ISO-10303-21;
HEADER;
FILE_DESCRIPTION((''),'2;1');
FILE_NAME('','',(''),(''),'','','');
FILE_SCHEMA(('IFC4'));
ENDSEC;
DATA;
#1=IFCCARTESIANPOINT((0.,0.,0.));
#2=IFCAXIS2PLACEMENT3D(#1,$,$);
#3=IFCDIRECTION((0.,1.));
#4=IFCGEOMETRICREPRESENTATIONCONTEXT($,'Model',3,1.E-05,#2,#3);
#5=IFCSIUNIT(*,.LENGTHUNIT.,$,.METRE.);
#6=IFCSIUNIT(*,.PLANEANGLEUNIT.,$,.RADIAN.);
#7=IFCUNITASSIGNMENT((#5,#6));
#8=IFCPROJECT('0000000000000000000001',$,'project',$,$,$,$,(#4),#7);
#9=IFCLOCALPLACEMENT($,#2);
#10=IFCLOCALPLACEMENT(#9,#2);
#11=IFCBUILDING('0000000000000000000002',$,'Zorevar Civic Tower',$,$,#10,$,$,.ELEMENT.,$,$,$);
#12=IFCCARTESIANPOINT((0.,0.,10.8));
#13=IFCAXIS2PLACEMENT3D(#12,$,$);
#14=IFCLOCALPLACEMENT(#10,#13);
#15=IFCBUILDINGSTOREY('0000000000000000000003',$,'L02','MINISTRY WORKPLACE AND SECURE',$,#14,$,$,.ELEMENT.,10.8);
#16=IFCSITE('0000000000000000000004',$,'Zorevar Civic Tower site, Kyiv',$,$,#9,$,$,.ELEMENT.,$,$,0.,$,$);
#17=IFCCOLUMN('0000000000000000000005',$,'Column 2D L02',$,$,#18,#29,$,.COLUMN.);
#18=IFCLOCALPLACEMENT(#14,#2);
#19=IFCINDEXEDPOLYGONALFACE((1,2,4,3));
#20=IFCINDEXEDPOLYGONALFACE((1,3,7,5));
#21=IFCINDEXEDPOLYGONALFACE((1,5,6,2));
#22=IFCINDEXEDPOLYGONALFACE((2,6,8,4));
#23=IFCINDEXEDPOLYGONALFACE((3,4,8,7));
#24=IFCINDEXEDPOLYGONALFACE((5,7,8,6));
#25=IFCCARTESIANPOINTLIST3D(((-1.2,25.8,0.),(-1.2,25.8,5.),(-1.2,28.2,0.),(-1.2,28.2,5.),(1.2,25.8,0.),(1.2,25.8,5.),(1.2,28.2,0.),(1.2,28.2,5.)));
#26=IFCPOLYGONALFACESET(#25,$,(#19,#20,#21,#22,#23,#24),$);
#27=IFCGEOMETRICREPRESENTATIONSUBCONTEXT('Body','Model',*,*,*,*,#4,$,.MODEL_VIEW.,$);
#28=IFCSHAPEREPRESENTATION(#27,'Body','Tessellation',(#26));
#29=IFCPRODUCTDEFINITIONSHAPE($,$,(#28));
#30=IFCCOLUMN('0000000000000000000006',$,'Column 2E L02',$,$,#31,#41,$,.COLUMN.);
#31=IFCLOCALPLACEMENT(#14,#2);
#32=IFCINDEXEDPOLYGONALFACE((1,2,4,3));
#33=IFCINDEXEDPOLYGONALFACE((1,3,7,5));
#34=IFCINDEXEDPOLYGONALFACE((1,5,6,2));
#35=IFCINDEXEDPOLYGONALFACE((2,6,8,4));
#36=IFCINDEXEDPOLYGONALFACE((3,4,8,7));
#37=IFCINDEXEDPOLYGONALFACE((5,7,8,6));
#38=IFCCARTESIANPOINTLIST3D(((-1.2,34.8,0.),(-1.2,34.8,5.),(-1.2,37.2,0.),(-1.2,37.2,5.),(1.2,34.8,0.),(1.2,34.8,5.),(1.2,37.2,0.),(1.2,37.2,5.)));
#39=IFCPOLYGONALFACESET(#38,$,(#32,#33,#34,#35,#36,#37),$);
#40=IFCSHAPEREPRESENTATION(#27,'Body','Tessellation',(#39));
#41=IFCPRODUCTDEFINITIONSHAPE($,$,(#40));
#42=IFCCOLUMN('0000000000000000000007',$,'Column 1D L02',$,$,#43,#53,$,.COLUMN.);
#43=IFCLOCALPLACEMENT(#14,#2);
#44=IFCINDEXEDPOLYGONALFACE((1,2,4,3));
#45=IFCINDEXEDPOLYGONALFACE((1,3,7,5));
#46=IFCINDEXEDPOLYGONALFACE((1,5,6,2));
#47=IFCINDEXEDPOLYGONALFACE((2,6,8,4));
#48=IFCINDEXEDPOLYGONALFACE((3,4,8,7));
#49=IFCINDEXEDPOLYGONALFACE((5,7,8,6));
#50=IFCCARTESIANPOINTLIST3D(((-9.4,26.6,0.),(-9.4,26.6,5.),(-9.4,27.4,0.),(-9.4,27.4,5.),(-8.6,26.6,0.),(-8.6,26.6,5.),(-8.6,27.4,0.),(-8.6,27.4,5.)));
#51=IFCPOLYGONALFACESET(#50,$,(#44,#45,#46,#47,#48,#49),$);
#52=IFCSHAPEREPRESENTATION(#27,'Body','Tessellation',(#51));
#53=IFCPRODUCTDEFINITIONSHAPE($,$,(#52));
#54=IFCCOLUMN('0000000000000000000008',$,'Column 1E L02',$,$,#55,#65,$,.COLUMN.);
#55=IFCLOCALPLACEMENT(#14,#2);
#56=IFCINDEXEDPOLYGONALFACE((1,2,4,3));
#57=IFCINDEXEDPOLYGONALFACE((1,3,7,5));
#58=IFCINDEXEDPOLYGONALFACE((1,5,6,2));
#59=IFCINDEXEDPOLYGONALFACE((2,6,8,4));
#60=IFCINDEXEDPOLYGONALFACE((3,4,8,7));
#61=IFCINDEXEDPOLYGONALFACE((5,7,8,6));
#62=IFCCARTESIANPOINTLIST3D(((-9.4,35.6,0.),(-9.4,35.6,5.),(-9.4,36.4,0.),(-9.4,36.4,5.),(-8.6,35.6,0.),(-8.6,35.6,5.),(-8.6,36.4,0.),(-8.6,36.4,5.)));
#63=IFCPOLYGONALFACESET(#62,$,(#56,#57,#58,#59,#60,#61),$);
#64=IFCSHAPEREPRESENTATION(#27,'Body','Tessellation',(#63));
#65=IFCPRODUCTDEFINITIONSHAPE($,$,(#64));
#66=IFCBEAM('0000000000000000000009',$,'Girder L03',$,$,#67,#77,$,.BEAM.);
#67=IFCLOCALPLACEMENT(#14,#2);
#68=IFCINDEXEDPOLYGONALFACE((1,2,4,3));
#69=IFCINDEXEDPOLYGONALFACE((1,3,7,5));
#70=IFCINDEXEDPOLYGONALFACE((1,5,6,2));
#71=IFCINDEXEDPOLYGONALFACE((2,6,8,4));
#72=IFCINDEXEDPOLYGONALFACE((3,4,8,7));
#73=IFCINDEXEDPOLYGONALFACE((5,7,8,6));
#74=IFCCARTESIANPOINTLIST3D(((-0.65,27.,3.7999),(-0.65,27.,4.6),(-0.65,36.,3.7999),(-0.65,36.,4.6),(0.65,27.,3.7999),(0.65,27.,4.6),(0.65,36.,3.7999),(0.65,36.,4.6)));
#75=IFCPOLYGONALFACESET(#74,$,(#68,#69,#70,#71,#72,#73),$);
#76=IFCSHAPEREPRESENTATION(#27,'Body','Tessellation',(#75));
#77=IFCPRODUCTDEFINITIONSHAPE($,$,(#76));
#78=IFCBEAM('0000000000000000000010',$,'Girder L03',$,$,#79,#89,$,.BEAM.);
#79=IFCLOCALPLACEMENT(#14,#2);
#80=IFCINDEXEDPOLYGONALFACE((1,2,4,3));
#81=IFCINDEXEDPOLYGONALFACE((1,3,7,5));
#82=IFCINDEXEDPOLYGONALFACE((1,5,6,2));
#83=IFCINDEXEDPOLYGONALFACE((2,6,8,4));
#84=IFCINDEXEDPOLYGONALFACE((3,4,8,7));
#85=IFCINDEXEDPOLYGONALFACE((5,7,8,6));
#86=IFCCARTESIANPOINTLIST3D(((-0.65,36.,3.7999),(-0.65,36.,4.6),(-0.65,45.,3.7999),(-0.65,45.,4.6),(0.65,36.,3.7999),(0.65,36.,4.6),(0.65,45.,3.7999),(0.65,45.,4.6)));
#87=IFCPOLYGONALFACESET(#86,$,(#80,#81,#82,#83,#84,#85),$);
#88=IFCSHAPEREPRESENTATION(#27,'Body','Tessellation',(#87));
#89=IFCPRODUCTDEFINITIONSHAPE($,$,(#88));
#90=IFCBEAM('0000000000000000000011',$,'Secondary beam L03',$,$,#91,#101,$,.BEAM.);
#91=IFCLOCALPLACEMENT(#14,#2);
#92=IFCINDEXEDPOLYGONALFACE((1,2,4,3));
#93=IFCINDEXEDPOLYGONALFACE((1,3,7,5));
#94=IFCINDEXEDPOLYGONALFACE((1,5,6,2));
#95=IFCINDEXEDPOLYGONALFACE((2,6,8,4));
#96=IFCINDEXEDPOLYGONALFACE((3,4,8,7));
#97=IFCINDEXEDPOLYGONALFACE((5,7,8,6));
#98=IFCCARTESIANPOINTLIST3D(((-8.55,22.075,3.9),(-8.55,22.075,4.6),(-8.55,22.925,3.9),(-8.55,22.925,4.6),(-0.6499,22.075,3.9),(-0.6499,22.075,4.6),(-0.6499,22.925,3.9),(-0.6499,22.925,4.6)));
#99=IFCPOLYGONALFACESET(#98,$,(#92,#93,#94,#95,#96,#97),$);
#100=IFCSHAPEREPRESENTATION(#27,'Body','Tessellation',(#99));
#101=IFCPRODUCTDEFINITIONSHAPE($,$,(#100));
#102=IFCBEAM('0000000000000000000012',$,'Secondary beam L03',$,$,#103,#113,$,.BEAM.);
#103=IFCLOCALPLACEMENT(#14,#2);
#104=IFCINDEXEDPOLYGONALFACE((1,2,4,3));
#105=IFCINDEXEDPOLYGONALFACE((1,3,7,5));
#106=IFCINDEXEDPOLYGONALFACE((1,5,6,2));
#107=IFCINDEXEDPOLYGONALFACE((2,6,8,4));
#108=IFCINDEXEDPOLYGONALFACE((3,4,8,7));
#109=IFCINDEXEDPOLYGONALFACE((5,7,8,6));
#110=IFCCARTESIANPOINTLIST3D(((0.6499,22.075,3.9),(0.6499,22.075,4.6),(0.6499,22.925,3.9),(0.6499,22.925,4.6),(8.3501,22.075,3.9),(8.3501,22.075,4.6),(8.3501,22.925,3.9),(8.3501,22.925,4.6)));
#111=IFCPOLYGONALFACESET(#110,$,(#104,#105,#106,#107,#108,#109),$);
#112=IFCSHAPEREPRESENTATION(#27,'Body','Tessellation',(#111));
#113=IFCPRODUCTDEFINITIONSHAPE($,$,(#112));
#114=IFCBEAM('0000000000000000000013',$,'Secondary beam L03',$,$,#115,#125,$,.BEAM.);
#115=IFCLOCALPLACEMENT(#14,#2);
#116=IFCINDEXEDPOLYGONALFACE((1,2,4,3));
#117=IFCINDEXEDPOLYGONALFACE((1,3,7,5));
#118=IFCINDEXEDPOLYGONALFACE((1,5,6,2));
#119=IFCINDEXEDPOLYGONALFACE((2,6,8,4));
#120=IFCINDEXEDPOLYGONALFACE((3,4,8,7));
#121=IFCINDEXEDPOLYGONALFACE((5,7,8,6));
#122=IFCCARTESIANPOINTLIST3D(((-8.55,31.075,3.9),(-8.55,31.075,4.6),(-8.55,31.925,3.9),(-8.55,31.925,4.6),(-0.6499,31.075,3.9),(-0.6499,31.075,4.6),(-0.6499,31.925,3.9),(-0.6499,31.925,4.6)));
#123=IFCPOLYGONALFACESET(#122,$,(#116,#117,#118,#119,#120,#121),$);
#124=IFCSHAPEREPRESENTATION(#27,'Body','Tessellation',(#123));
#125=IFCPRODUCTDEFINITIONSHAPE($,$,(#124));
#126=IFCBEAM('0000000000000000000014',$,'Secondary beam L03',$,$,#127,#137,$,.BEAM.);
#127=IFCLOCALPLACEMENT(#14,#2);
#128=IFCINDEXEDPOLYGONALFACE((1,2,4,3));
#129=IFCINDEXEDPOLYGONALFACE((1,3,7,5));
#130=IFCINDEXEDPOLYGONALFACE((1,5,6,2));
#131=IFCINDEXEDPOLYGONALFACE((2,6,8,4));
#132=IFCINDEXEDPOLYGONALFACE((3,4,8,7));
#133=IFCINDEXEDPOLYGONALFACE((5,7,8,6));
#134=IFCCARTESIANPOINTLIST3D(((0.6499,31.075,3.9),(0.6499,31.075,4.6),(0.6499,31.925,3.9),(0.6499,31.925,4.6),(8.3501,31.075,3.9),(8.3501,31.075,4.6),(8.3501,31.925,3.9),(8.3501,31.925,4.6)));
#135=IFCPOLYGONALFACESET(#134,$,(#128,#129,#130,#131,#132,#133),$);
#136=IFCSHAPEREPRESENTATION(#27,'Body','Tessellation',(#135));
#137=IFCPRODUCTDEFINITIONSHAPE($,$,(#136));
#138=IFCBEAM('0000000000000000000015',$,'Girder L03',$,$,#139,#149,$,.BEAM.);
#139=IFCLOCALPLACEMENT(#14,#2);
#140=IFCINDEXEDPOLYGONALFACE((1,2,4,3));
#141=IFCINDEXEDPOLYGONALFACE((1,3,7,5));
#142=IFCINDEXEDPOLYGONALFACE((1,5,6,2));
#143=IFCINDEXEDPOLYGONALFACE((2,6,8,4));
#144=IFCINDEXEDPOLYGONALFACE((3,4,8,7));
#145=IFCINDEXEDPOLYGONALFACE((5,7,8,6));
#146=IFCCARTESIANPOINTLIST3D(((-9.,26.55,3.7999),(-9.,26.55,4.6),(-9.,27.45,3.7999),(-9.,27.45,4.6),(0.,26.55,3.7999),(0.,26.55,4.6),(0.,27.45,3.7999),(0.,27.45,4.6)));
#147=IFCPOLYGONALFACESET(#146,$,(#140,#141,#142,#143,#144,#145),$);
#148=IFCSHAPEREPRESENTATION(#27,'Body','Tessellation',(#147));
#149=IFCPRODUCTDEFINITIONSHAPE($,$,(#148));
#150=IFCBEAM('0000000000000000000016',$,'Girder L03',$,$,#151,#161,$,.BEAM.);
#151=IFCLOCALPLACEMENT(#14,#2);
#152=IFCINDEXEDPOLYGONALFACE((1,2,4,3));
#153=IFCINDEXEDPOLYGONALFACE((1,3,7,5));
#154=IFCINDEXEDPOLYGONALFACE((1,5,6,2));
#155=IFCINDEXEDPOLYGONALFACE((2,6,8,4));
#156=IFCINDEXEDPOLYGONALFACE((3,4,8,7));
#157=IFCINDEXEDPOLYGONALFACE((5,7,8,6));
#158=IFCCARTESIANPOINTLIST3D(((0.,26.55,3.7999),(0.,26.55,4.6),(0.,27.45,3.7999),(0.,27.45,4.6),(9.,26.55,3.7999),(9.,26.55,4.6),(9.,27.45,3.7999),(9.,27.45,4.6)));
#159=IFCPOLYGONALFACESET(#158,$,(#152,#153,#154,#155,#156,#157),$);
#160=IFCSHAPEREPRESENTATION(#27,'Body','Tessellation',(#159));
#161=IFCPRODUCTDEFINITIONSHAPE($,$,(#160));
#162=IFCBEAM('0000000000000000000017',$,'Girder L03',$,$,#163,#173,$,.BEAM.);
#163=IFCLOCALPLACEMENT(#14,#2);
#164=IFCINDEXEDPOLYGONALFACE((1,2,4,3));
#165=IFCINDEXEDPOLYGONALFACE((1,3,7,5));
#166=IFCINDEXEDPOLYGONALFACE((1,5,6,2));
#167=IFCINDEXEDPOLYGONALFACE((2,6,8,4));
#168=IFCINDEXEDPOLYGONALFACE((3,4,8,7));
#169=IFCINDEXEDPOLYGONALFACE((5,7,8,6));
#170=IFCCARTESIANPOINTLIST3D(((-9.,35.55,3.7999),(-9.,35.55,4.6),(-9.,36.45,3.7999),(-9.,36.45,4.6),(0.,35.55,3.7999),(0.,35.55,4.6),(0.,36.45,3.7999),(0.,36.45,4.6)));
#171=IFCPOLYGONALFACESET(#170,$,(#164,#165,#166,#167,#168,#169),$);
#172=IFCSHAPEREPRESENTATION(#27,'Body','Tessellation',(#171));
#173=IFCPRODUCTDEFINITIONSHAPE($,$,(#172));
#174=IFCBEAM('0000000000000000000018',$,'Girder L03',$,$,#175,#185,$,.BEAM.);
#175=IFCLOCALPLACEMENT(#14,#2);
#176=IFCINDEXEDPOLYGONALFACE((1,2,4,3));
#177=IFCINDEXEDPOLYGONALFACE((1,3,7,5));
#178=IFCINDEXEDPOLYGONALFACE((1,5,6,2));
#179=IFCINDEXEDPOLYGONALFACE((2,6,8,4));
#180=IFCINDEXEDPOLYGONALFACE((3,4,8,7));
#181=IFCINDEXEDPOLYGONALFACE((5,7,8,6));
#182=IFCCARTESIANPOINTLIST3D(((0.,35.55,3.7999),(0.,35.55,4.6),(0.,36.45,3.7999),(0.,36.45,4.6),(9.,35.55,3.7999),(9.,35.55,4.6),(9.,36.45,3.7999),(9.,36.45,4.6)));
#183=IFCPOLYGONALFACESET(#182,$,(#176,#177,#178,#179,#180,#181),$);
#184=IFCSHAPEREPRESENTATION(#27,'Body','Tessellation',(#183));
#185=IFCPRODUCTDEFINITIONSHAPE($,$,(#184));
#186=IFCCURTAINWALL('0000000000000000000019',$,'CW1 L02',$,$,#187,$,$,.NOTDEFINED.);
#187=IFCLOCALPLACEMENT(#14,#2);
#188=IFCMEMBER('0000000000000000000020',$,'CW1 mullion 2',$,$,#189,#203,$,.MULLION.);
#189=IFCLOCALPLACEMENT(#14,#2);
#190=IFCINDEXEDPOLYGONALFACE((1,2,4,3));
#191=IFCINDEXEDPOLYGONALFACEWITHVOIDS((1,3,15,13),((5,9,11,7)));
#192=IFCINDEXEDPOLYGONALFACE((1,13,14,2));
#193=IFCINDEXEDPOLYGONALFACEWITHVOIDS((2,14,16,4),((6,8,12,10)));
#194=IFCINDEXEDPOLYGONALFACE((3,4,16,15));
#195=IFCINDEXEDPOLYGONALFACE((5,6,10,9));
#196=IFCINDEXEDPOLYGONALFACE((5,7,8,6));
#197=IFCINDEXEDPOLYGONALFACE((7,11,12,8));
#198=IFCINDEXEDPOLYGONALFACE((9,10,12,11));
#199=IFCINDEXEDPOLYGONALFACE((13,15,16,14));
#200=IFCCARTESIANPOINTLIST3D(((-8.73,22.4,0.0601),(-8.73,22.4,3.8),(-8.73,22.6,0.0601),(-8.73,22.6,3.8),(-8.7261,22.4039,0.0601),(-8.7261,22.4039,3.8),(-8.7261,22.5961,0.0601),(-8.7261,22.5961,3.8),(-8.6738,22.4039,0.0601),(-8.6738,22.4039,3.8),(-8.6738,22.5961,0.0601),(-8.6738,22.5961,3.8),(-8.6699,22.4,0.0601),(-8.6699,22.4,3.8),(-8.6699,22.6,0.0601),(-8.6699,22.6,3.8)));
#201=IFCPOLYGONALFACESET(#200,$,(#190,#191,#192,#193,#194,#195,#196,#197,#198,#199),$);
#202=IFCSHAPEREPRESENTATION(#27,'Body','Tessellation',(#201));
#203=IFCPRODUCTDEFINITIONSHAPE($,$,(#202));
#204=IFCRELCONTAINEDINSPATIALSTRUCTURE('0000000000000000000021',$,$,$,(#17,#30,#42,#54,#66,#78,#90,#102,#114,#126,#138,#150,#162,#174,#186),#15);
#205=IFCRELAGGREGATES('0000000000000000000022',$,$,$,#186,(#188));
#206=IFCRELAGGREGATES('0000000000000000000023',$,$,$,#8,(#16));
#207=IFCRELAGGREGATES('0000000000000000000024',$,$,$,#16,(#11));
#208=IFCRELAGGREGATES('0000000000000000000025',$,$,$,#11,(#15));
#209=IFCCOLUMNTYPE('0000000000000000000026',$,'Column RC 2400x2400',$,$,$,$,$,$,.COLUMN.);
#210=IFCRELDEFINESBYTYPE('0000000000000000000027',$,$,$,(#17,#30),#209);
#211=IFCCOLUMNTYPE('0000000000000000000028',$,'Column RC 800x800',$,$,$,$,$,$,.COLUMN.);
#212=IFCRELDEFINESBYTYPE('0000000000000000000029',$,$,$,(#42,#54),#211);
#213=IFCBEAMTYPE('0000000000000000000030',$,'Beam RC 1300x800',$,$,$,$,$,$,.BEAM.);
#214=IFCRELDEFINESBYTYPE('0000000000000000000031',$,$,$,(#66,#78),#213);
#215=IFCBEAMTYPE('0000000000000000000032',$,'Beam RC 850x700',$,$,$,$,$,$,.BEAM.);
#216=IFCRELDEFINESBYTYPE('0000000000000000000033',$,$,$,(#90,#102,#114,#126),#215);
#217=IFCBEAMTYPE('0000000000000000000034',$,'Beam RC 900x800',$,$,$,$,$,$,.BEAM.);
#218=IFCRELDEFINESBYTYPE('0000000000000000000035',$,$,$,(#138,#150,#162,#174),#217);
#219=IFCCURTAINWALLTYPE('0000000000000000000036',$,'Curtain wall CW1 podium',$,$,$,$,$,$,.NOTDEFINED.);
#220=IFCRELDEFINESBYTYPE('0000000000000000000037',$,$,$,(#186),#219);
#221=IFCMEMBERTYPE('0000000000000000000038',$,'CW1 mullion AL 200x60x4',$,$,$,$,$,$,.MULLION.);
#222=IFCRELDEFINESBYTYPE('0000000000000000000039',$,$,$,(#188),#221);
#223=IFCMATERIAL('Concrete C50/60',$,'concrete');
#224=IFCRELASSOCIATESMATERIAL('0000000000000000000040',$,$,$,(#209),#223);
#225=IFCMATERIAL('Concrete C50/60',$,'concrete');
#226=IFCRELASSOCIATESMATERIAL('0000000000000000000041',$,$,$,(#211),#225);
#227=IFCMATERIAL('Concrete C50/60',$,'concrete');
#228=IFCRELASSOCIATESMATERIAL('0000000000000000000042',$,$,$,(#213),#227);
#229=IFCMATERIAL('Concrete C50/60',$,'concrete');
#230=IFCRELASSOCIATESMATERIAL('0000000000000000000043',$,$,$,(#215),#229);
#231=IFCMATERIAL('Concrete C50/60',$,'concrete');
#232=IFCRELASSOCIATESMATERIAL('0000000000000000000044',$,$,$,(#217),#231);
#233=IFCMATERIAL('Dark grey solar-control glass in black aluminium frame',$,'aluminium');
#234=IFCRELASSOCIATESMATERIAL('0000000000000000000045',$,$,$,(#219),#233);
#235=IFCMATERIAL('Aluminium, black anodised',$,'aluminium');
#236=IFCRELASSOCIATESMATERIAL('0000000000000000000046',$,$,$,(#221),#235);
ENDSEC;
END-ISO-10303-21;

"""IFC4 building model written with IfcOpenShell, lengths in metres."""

from ifc_helpers import new_model, si_unit, direction, frame, origin, origin_2d, place, context, subcontext, project, spatial, rectangle, hollow_rectangle, extrude, material, material_profile, profile_set, type_object, element, aggregate, save


model = new_model("IFC4")

# Units and contexts
model_context = context("Model", 3, precision=1e-05, world=origin(), true_north=direction((0.0, 1.0)))
body_context = subcontext(model_context, "Body", "Model", "MODEL_VIEW")
ifc_project = project(units=[si_unit("LENGTHUNIT", "METRE"), si_unit("PLANEANGLEUNIT", "RADIAN")], contexts=[model_context])

# Site, building, storey
site_placement = place(None, origin())
site = spatial("IfcSite", under=ifc_project, at=site_placement, Name="Zorevar Civic Tower site, Kyiv", CompositionType="ELEMENT", RefElevation=0.0)
building_placement = place(site_placement, origin())
building = spatial("IfcBuilding", under=site, at=building_placement, Name="Zorevar Civic Tower", CompositionType="ELEMENT")
storey_placement = place(building_placement, frame((0.0, 0.0, 10.8)))
storey = spatial("IfcBuildingStorey", under=building, at=storey_placement, Name="L02", Description="MINISTRY WORKPLACE AND SECURE", CompositionType="ELEMENT", Elevation=10.8)

# Columns
ifc_material_1 = material(Name="Concrete C50/60", Category="concrete")
ifc_material_profile_1 = material_profile(ifc_material_1, rectangle(XDim=2.3999, YDim=2.3999, at=origin_2d()), Name="RC 2400x2400")
ifc_profile_set_1 = profile_set([ifc_material_profile_1], Name="Concrete C50/60")
column_type_1 = type_object("IfcColumnType", Name="Column RC 2400x2400", PredefinedType="COLUMN", material=ifc_profile_set_1)
for number, where, z_axis, x_axis, name in (
    (1, (0.0, 27.0, 0.0), (0.0, 0.0, 1.0), (1.0, 0.0, 0.0), "Column 2D L02"),
    (2, (0.0, 36.0, 0.0), (0.0, 0.0, 1.0), (1.0, 0.0, 0.0), "Column 2E L02"),
):
    element("IfcColumn", number, at=place(storey_placement, frame(where, z_axis=z_axis, x_axis=x_axis)), inside=storey, type_object=column_type_1, Name=name, PredefinedType="COLUMN", context=body_context, shape_type="SweptSolid", body=[
        extrude(rectangle(XDim=2.3999, YDim=2.3999, at=origin_2d()), origin(), (0.0, 0.0, 1.0), 5.0),
    ])
ifc_material_2 = material(Name="Concrete C50/60", Category="concrete")
ifc_material_profile_2 = material_profile(ifc_material_2, rectangle(XDim=0.8, YDim=0.8, at=origin_2d()), Name="RC 800x800")
ifc_profile_set_2 = profile_set([ifc_material_profile_2], Name="Concrete C50/60")
column_type_2 = type_object("IfcColumnType", Name="Column RC 800x800", PredefinedType="COLUMN", material=ifc_profile_set_2)
for number, where, z_axis, x_axis, name in (
    (3, (-9.0, 27.0, 0.0), (0.0, 0.0, 1.0), (1.0, 0.0, 0.0), "Column 1D L02"),
    (4, (-9.0, 36.0, 0.0), (0.0, 0.0, 1.0), (1.0, 0.0, 0.0), "Column 1E L02"),
):
    element("IfcColumn", number, at=place(storey_placement, frame(where, z_axis=z_axis, x_axis=x_axis)), inside=storey, type_object=column_type_2, Name=name, PredefinedType="COLUMN", context=body_context, shape_type="SweptSolid", body=[
        extrude(rectangle(XDim=0.8, YDim=0.8, at=origin_2d()), origin(), (0.0, 0.0, 1.0), 5.0),
    ])

# Beams
ifc_material_3 = material(Name="Concrete C50/60", Category="concrete")
ifc_material_profile_3 = material_profile(ifc_material_3, rectangle(XDim=1.3, YDim=0.8, at=origin_2d()), Name="RC 1300x800")
ifc_profile_set_3 = profile_set([ifc_material_profile_3], Name="Concrete C50/60")
beam_type_1 = type_object("IfcBeamType", Name="Beam RC 1300x800", PredefinedType="BEAM", material=ifc_profile_set_3)
for number, where, z_axis, x_axis, name in (
    (5, (0.0, 27.0, 4.2), (0.0, 1.0, 0.0), (-1.0, 0.0, 0.0), "Girder L03"),
    (6, (0.0, 36.0, 4.2), (0.0, 1.0, 0.0), (-1.0, 0.0, 0.0), "Girder L03"),
):
    element("IfcBeam", number, at=place(storey_placement, frame(where, z_axis=z_axis, x_axis=x_axis)), inside=storey, type_object=beam_type_1, Name=name, PredefinedType="BEAM", context=body_context, shape_type="SweptSolid", body=[
        extrude(rectangle(XDim=1.3, YDim=0.8, at=origin_2d()), origin(), (0.0, 0.0, 1.0), 9.0),
    ])
ifc_material_4 = material(Name="Concrete C50/60", Category="concrete")
ifc_material_profile_4 = material_profile(ifc_material_4, rectangle(XDim=0.8501, YDim=0.7, at=origin_2d()), Name="RC 850x700")
ifc_profile_set_4 = profile_set([ifc_material_profile_4], Name="Concrete C50/60")
beam_type_2 = type_object("IfcBeamType", Name="Beam RC 850x700", PredefinedType="BEAM", material=ifc_profile_set_4)
beam_1_placement = place(storey_placement, frame((-8.55, 22.5, 4.25), z_axis=(1.0, 0.0, 0.0), x_axis=(0.0, 1.0, 0.0)))
element("IfcBeam", 7, at=beam_1_placement, inside=storey, type_object=beam_type_2, Name="Secondary beam L03", PredefinedType="BEAM", context=body_context, shape_type="SweptSolid", body=[
    extrude(rectangle(XDim=0.8501, YDim=0.7, at=origin_2d()), origin(), (0.0, 0.0, 1.0), 7.9001),
])
beam_2_placement = place(storey_placement, frame((0.6499, 22.5, 4.25), z_axis=(1.0, 0.0, 0.0), x_axis=(0.0, 1.0, 0.0)))
element("IfcBeam", 8, at=beam_2_placement, inside=storey, type_object=beam_type_2, Name="Secondary beam L03", PredefinedType="BEAM", context=body_context, shape_type="SweptSolid", body=[
    extrude(rectangle(XDim=0.8501, YDim=0.7, at=origin_2d()), origin(), (0.0, 0.0, 1.0), 7.7002),
])
beam_3_placement = place(storey_placement, frame((-8.55, 31.5, 4.25), z_axis=(1.0, 0.0, 0.0), x_axis=(0.0, 1.0, 0.0)))
element("IfcBeam", 9, at=beam_3_placement, inside=storey, type_object=beam_type_2, Name="Secondary beam L03", PredefinedType="BEAM", context=body_context, shape_type="SweptSolid", body=[
    extrude(rectangle(XDim=0.8501, YDim=0.7, at=origin_2d()), origin(), (0.0, 0.0, 1.0), 7.9001),
])
beam_4_placement = place(storey_placement, frame((0.6499, 31.5, 4.25), z_axis=(1.0, 0.0, 0.0), x_axis=(0.0, 1.0, 0.0)))
element("IfcBeam", 10, at=beam_4_placement, inside=storey, type_object=beam_type_2, Name="Secondary beam L03", PredefinedType="BEAM", context=body_context, shape_type="SweptSolid", body=[
    extrude(rectangle(XDim=0.8501, YDim=0.7, at=origin_2d()), origin(), (0.0, 0.0, 1.0), 7.7002),
])
ifc_material_5 = material(Name="Concrete C50/60", Category="concrete")
ifc_material_profile_5 = material_profile(ifc_material_5, rectangle(XDim=0.8999, YDim=0.8, at=origin_2d()), Name="RC 900x800")
ifc_profile_set_5 = profile_set([ifc_material_profile_5], Name="Concrete C50/60")
beam_type_3 = type_object("IfcBeamType", Name="Beam RC 900x800", PredefinedType="BEAM", material=ifc_profile_set_5)
for number, where, z_axis, x_axis, name in (
    (11, (-9.0, 27.0, 4.2), (1.0, 0.0, 0.0), (0.0, 1.0, 0.0), "Girder L03"),
    (12, (0.0, 27.0, 4.2), (1.0, 0.0, 0.0), (0.0, 1.0, 0.0), "Girder L03"),
    (13, (-9.0, 36.0, 4.2), (1.0, 0.0, 0.0), (0.0, 1.0, 0.0), "Girder L03"),
    (14, (0.0, 36.0, 4.2), (1.0, 0.0, 0.0), (0.0, 1.0, 0.0), "Girder L03"),
):
    element("IfcBeam", number, at=place(storey_placement, frame(where, z_axis=z_axis, x_axis=x_axis)), inside=storey, type_object=beam_type_3, Name=name, PredefinedType="BEAM", context=body_context, shape_type="SweptSolid", body=[
        extrude(rectangle(XDim=0.8999, YDim=0.8, at=origin_2d()), origin(), (0.0, 0.0, 1.0), 9.0),
    ])

# Curtain wall, member
ifc_material_6 = material(Name="Dark grey solar-control glass in black aluminium frame", Category="aluminium")
curtain_wall_type = type_object("IfcCurtainWallType", Name="Curtain wall CW1 podium", PredefinedType="NOTDEFINED", material=ifc_material_6)
curtain_wall_1_placement = place(storey_placement, origin())
curtain_wall_1 = element("IfcCurtainWall", 15, at=curtain_wall_1_placement, inside=storey, type_object=curtain_wall_type, Name="CW1 L02", PredefinedType="NOTDEFINED")
ifc_material_7 = material(Name="Aluminium, black anodised", Category="aluminium")
ifc_material_profile_6 = material_profile(ifc_material_7, hollow_rectangle(XDim=0.0601, YDim=0.2, WallThickness=0.0039, at=origin_2d()), Name="AL 200x60x4")
ifc_profile_set_6 = profile_set([ifc_material_profile_6], Name="Aluminium, black anodised")
member_type_1 = type_object("IfcMemberType", Name="CW1 mullion AL 200x60x4", PredefinedType="MULLION", material=ifc_profile_set_6)
member_1_placement = place(storey_placement, frame((-8.7, 22.5, 0.0601), z_axis=(0.0, 0.0, 1.0), x_axis=(-1.0, 0.0, 0.0)))
member_1 = element("IfcMember", 16, at=member_1_placement, type_object=member_type_1, Name="CW1 mullion 2", PredefinedType="MULLION", context=body_context, shape_type="SweptSolid", body=[
    extrude(hollow_rectangle(XDim=0.0601, YDim=0.2, WallThickness=0.0039, at=origin_2d()), origin(), (0.0, 0.0, 1.0), 3.74),
])

aggregate(curtain_wall_1, [member_1])

save(model, "model.ifc")
